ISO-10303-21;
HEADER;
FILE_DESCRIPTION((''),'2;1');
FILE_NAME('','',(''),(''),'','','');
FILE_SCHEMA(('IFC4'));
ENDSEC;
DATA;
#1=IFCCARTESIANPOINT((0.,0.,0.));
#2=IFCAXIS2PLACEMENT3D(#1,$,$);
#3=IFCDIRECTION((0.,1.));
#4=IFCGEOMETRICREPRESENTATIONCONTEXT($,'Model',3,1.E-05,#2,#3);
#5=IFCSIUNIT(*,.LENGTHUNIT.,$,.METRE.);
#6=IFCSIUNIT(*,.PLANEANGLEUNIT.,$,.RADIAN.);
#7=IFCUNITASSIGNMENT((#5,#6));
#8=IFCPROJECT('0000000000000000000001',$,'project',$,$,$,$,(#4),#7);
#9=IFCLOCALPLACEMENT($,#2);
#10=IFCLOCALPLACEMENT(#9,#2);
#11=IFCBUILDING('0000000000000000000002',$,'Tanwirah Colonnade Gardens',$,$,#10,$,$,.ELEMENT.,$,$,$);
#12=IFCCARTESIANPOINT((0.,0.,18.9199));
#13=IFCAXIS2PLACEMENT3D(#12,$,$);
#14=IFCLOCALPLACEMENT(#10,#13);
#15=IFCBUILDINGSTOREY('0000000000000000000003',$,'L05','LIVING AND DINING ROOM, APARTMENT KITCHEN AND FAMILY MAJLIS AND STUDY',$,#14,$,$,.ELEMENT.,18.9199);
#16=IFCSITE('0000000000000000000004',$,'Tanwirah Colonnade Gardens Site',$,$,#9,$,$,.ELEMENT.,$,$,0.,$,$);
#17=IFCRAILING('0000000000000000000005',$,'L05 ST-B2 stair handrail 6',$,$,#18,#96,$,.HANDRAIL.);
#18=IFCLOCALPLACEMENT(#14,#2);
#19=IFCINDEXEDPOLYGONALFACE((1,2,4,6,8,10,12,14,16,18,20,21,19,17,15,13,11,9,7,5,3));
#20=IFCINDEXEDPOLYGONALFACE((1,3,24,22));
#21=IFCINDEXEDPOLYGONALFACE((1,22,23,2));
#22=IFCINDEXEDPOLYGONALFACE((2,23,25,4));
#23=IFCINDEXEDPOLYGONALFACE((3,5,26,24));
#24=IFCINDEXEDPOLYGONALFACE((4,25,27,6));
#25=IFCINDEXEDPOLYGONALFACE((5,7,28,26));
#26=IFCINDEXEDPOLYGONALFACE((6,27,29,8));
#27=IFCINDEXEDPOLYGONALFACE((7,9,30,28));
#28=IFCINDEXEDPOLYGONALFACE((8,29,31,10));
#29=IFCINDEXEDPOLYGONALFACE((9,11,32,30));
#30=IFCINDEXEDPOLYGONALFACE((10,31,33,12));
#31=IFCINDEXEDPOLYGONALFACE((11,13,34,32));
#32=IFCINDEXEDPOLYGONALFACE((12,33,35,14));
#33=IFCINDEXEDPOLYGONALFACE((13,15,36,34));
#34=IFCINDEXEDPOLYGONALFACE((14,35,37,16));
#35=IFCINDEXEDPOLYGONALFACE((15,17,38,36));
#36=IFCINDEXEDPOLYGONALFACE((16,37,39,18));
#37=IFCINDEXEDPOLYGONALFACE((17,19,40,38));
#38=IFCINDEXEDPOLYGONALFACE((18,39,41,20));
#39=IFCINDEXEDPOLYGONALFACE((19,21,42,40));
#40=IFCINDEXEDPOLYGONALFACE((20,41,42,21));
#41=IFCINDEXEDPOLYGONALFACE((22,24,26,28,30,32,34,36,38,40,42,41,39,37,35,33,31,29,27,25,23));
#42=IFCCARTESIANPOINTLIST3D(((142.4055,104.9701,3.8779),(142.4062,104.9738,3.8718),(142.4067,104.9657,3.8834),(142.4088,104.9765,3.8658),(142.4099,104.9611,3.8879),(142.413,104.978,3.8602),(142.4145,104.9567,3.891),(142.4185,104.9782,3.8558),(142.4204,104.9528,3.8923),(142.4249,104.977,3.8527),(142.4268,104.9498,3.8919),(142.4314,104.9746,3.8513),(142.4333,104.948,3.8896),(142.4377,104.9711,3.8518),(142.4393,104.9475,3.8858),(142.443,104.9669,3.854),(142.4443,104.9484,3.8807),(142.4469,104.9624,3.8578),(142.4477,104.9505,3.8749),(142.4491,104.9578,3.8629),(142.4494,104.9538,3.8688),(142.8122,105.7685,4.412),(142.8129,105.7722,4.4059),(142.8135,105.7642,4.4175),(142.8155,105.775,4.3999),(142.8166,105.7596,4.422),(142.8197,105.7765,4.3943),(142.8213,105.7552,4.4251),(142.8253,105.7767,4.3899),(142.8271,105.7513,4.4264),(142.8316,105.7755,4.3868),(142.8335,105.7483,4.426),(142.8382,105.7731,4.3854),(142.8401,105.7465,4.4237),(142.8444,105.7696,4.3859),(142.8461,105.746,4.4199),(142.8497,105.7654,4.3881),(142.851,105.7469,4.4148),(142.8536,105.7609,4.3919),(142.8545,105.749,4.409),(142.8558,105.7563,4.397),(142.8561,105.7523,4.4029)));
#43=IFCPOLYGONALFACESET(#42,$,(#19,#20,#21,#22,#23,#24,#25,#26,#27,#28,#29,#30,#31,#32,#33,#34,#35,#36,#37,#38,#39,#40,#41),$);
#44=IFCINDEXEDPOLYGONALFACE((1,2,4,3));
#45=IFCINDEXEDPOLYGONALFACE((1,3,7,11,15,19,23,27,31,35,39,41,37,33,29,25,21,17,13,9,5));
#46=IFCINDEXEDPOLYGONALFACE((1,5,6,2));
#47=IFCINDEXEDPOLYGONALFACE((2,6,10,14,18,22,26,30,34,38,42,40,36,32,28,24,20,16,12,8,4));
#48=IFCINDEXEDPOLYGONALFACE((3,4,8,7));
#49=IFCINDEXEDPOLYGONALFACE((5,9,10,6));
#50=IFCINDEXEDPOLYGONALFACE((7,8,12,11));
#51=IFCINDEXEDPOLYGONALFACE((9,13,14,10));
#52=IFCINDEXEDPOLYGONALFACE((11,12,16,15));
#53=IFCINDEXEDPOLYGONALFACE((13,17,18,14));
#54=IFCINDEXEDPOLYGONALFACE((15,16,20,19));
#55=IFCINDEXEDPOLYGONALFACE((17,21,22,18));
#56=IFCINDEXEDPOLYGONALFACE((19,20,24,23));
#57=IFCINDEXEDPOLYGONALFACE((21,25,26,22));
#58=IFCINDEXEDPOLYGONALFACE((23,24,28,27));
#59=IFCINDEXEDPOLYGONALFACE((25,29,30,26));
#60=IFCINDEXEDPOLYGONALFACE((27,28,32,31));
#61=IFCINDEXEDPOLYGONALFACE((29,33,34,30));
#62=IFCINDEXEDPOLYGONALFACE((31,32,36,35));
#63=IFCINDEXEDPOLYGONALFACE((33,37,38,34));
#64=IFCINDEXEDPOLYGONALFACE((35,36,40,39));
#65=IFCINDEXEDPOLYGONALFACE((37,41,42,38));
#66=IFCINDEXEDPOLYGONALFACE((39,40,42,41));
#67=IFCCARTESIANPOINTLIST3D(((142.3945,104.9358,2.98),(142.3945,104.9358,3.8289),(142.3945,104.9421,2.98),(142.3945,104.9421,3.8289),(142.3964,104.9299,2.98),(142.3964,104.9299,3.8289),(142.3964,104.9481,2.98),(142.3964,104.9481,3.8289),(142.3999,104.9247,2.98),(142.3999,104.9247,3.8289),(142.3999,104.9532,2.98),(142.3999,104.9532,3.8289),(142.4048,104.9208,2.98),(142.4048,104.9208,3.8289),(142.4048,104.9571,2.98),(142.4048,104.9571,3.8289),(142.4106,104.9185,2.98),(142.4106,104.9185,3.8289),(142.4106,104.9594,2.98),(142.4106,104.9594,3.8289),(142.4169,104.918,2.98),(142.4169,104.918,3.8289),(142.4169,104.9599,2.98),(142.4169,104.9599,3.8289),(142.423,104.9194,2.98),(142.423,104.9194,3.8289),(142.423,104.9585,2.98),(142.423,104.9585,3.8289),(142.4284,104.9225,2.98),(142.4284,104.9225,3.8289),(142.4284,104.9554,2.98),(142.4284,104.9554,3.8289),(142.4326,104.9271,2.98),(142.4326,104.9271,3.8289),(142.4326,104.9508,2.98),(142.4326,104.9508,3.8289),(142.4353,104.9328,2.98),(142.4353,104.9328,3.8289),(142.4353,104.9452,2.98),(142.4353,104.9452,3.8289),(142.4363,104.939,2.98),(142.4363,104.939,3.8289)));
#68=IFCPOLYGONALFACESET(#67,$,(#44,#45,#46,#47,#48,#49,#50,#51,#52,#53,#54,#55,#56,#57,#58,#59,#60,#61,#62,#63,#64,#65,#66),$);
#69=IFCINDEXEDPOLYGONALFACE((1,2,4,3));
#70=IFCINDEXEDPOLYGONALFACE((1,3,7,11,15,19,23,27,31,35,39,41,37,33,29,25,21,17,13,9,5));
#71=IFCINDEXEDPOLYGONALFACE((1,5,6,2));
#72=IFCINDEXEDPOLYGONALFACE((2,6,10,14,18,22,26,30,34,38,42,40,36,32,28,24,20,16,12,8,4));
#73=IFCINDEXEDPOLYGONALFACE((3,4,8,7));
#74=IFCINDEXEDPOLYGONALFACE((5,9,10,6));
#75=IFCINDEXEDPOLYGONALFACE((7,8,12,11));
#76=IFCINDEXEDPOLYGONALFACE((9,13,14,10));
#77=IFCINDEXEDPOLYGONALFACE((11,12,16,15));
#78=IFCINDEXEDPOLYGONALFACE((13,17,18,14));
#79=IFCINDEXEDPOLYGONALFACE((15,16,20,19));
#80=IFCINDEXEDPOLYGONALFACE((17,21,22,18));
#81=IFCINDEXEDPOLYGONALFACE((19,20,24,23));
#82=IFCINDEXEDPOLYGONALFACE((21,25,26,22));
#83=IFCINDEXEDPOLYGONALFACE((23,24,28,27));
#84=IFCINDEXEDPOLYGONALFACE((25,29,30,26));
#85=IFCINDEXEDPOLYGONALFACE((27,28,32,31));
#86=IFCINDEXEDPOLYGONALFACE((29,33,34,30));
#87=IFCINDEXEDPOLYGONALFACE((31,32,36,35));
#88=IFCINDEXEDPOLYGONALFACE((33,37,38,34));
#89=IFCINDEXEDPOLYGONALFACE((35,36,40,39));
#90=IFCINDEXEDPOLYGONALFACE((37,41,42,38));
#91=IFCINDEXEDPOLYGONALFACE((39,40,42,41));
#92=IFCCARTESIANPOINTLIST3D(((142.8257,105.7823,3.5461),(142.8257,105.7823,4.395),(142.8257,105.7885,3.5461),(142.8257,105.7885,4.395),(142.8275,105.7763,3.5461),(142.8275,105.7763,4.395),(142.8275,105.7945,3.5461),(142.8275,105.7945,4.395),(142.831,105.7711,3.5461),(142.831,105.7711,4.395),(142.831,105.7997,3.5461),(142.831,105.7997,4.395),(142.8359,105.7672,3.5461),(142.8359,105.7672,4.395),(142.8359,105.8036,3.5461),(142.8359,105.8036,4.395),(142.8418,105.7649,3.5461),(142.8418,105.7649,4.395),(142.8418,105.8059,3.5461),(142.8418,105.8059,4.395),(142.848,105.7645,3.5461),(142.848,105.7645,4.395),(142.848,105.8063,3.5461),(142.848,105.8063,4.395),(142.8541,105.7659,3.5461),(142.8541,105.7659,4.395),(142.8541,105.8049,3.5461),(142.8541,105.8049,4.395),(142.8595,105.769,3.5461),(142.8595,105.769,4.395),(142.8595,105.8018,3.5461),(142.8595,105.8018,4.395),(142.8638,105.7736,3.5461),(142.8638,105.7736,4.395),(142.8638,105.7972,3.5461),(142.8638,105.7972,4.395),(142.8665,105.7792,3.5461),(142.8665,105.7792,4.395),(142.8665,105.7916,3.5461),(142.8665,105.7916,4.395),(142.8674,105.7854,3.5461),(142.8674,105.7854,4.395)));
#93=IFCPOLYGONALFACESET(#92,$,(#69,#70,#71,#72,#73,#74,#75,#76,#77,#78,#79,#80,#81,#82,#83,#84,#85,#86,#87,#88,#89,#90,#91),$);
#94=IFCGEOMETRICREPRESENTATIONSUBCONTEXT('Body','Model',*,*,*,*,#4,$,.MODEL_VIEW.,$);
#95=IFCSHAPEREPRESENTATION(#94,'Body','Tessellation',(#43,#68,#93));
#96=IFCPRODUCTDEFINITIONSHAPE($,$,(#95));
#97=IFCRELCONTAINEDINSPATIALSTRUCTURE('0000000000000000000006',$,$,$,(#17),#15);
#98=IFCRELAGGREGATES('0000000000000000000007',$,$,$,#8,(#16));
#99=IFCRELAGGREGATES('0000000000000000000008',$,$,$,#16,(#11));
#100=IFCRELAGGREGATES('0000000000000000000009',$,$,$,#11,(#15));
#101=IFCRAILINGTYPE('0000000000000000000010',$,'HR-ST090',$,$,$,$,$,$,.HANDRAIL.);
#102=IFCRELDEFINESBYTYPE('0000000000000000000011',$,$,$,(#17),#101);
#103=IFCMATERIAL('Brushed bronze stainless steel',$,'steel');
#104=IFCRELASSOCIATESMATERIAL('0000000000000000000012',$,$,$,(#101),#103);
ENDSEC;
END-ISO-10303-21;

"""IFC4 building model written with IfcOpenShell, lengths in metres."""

from ifc_helpers import new_model, si_unit, direction, frame, origin, origin_2d, place, context, subcontext, project, spatial, circle, extrude, material, type_object, element, save


model = new_model("IFC4")

# Units and contexts
model_context = context("Model", 3, precision=1e-05, world=origin(), true_north=direction((0.0, 1.0)))
body_context = subcontext(model_context, "Body", "Model", "MODEL_VIEW")
ifc_project = project(units=[si_unit("LENGTHUNIT", "METRE"), si_unit("PLANEANGLEUNIT", "RADIAN")], contexts=[model_context])

# Site, building, storey
site_placement = place(None, origin())
site = spatial("IfcSite", under=ifc_project, at=site_placement, Name="Tanwirah Colonnade Gardens Site", CompositionType="ELEMENT", RefElevation=0.0)
building_placement = place(site_placement, origin())
building = spatial("IfcBuilding", under=site, at=building_placement, Name="Tanwirah Colonnade Gardens", CompositionType="ELEMENT")
storey_placement = place(building_placement, frame((0.0, 0.0, 18.9199)))
storey = spatial("IfcBuildingStorey", under=building, at=storey_placement, Name="L05", Description="LIVING AND DINING ROOM, APARTMENT KITCHEN AND FAMILY MAJLIS AND STUDY", CompositionType="ELEMENT", Elevation=18.9199)

# Railing
ifc_material_1 = material(Name="Brushed bronze stainless steel", Category="steel")
railing_type_1 = type_object("IfcRailingType", Name="HR-ST090", PredefinedType="HANDRAIL", material=ifc_material_1)
railing_1_placement = place(storey_placement, frame((142.4153, 104.939, 2.98)))
element("IfcRailing", 1, at=railing_1_placement, inside=storey, type_object=railing_type_1, Name="L05 ST-B2 stair handrail 6", PredefinedType="HANDRAIL", context=body_context, shape_type="SweptSolid", body=[
    extrude(circle(Radius=0.0239, at=origin_2d()), frame((0.0122, 0.0239, 0.8918), z_axis=(0.389886, 0.765422, 0.511974), x_axis=(-0.891061, 0.453883, 0.0)), (0.0, 0.0, 1.0), 1.0432),
    extrude(circle(Radius=0.021, at=origin_2d()), origin(), (0.0, 0.0, 1.0), 0.8489),
    extrude(circle(Radius=0.021, at=origin_2d()), frame((0.4312, 0.8464, 0.5662)), (0.0, 0.0, 1.0), 0.8489),
])

save(model, "model.ifc")
